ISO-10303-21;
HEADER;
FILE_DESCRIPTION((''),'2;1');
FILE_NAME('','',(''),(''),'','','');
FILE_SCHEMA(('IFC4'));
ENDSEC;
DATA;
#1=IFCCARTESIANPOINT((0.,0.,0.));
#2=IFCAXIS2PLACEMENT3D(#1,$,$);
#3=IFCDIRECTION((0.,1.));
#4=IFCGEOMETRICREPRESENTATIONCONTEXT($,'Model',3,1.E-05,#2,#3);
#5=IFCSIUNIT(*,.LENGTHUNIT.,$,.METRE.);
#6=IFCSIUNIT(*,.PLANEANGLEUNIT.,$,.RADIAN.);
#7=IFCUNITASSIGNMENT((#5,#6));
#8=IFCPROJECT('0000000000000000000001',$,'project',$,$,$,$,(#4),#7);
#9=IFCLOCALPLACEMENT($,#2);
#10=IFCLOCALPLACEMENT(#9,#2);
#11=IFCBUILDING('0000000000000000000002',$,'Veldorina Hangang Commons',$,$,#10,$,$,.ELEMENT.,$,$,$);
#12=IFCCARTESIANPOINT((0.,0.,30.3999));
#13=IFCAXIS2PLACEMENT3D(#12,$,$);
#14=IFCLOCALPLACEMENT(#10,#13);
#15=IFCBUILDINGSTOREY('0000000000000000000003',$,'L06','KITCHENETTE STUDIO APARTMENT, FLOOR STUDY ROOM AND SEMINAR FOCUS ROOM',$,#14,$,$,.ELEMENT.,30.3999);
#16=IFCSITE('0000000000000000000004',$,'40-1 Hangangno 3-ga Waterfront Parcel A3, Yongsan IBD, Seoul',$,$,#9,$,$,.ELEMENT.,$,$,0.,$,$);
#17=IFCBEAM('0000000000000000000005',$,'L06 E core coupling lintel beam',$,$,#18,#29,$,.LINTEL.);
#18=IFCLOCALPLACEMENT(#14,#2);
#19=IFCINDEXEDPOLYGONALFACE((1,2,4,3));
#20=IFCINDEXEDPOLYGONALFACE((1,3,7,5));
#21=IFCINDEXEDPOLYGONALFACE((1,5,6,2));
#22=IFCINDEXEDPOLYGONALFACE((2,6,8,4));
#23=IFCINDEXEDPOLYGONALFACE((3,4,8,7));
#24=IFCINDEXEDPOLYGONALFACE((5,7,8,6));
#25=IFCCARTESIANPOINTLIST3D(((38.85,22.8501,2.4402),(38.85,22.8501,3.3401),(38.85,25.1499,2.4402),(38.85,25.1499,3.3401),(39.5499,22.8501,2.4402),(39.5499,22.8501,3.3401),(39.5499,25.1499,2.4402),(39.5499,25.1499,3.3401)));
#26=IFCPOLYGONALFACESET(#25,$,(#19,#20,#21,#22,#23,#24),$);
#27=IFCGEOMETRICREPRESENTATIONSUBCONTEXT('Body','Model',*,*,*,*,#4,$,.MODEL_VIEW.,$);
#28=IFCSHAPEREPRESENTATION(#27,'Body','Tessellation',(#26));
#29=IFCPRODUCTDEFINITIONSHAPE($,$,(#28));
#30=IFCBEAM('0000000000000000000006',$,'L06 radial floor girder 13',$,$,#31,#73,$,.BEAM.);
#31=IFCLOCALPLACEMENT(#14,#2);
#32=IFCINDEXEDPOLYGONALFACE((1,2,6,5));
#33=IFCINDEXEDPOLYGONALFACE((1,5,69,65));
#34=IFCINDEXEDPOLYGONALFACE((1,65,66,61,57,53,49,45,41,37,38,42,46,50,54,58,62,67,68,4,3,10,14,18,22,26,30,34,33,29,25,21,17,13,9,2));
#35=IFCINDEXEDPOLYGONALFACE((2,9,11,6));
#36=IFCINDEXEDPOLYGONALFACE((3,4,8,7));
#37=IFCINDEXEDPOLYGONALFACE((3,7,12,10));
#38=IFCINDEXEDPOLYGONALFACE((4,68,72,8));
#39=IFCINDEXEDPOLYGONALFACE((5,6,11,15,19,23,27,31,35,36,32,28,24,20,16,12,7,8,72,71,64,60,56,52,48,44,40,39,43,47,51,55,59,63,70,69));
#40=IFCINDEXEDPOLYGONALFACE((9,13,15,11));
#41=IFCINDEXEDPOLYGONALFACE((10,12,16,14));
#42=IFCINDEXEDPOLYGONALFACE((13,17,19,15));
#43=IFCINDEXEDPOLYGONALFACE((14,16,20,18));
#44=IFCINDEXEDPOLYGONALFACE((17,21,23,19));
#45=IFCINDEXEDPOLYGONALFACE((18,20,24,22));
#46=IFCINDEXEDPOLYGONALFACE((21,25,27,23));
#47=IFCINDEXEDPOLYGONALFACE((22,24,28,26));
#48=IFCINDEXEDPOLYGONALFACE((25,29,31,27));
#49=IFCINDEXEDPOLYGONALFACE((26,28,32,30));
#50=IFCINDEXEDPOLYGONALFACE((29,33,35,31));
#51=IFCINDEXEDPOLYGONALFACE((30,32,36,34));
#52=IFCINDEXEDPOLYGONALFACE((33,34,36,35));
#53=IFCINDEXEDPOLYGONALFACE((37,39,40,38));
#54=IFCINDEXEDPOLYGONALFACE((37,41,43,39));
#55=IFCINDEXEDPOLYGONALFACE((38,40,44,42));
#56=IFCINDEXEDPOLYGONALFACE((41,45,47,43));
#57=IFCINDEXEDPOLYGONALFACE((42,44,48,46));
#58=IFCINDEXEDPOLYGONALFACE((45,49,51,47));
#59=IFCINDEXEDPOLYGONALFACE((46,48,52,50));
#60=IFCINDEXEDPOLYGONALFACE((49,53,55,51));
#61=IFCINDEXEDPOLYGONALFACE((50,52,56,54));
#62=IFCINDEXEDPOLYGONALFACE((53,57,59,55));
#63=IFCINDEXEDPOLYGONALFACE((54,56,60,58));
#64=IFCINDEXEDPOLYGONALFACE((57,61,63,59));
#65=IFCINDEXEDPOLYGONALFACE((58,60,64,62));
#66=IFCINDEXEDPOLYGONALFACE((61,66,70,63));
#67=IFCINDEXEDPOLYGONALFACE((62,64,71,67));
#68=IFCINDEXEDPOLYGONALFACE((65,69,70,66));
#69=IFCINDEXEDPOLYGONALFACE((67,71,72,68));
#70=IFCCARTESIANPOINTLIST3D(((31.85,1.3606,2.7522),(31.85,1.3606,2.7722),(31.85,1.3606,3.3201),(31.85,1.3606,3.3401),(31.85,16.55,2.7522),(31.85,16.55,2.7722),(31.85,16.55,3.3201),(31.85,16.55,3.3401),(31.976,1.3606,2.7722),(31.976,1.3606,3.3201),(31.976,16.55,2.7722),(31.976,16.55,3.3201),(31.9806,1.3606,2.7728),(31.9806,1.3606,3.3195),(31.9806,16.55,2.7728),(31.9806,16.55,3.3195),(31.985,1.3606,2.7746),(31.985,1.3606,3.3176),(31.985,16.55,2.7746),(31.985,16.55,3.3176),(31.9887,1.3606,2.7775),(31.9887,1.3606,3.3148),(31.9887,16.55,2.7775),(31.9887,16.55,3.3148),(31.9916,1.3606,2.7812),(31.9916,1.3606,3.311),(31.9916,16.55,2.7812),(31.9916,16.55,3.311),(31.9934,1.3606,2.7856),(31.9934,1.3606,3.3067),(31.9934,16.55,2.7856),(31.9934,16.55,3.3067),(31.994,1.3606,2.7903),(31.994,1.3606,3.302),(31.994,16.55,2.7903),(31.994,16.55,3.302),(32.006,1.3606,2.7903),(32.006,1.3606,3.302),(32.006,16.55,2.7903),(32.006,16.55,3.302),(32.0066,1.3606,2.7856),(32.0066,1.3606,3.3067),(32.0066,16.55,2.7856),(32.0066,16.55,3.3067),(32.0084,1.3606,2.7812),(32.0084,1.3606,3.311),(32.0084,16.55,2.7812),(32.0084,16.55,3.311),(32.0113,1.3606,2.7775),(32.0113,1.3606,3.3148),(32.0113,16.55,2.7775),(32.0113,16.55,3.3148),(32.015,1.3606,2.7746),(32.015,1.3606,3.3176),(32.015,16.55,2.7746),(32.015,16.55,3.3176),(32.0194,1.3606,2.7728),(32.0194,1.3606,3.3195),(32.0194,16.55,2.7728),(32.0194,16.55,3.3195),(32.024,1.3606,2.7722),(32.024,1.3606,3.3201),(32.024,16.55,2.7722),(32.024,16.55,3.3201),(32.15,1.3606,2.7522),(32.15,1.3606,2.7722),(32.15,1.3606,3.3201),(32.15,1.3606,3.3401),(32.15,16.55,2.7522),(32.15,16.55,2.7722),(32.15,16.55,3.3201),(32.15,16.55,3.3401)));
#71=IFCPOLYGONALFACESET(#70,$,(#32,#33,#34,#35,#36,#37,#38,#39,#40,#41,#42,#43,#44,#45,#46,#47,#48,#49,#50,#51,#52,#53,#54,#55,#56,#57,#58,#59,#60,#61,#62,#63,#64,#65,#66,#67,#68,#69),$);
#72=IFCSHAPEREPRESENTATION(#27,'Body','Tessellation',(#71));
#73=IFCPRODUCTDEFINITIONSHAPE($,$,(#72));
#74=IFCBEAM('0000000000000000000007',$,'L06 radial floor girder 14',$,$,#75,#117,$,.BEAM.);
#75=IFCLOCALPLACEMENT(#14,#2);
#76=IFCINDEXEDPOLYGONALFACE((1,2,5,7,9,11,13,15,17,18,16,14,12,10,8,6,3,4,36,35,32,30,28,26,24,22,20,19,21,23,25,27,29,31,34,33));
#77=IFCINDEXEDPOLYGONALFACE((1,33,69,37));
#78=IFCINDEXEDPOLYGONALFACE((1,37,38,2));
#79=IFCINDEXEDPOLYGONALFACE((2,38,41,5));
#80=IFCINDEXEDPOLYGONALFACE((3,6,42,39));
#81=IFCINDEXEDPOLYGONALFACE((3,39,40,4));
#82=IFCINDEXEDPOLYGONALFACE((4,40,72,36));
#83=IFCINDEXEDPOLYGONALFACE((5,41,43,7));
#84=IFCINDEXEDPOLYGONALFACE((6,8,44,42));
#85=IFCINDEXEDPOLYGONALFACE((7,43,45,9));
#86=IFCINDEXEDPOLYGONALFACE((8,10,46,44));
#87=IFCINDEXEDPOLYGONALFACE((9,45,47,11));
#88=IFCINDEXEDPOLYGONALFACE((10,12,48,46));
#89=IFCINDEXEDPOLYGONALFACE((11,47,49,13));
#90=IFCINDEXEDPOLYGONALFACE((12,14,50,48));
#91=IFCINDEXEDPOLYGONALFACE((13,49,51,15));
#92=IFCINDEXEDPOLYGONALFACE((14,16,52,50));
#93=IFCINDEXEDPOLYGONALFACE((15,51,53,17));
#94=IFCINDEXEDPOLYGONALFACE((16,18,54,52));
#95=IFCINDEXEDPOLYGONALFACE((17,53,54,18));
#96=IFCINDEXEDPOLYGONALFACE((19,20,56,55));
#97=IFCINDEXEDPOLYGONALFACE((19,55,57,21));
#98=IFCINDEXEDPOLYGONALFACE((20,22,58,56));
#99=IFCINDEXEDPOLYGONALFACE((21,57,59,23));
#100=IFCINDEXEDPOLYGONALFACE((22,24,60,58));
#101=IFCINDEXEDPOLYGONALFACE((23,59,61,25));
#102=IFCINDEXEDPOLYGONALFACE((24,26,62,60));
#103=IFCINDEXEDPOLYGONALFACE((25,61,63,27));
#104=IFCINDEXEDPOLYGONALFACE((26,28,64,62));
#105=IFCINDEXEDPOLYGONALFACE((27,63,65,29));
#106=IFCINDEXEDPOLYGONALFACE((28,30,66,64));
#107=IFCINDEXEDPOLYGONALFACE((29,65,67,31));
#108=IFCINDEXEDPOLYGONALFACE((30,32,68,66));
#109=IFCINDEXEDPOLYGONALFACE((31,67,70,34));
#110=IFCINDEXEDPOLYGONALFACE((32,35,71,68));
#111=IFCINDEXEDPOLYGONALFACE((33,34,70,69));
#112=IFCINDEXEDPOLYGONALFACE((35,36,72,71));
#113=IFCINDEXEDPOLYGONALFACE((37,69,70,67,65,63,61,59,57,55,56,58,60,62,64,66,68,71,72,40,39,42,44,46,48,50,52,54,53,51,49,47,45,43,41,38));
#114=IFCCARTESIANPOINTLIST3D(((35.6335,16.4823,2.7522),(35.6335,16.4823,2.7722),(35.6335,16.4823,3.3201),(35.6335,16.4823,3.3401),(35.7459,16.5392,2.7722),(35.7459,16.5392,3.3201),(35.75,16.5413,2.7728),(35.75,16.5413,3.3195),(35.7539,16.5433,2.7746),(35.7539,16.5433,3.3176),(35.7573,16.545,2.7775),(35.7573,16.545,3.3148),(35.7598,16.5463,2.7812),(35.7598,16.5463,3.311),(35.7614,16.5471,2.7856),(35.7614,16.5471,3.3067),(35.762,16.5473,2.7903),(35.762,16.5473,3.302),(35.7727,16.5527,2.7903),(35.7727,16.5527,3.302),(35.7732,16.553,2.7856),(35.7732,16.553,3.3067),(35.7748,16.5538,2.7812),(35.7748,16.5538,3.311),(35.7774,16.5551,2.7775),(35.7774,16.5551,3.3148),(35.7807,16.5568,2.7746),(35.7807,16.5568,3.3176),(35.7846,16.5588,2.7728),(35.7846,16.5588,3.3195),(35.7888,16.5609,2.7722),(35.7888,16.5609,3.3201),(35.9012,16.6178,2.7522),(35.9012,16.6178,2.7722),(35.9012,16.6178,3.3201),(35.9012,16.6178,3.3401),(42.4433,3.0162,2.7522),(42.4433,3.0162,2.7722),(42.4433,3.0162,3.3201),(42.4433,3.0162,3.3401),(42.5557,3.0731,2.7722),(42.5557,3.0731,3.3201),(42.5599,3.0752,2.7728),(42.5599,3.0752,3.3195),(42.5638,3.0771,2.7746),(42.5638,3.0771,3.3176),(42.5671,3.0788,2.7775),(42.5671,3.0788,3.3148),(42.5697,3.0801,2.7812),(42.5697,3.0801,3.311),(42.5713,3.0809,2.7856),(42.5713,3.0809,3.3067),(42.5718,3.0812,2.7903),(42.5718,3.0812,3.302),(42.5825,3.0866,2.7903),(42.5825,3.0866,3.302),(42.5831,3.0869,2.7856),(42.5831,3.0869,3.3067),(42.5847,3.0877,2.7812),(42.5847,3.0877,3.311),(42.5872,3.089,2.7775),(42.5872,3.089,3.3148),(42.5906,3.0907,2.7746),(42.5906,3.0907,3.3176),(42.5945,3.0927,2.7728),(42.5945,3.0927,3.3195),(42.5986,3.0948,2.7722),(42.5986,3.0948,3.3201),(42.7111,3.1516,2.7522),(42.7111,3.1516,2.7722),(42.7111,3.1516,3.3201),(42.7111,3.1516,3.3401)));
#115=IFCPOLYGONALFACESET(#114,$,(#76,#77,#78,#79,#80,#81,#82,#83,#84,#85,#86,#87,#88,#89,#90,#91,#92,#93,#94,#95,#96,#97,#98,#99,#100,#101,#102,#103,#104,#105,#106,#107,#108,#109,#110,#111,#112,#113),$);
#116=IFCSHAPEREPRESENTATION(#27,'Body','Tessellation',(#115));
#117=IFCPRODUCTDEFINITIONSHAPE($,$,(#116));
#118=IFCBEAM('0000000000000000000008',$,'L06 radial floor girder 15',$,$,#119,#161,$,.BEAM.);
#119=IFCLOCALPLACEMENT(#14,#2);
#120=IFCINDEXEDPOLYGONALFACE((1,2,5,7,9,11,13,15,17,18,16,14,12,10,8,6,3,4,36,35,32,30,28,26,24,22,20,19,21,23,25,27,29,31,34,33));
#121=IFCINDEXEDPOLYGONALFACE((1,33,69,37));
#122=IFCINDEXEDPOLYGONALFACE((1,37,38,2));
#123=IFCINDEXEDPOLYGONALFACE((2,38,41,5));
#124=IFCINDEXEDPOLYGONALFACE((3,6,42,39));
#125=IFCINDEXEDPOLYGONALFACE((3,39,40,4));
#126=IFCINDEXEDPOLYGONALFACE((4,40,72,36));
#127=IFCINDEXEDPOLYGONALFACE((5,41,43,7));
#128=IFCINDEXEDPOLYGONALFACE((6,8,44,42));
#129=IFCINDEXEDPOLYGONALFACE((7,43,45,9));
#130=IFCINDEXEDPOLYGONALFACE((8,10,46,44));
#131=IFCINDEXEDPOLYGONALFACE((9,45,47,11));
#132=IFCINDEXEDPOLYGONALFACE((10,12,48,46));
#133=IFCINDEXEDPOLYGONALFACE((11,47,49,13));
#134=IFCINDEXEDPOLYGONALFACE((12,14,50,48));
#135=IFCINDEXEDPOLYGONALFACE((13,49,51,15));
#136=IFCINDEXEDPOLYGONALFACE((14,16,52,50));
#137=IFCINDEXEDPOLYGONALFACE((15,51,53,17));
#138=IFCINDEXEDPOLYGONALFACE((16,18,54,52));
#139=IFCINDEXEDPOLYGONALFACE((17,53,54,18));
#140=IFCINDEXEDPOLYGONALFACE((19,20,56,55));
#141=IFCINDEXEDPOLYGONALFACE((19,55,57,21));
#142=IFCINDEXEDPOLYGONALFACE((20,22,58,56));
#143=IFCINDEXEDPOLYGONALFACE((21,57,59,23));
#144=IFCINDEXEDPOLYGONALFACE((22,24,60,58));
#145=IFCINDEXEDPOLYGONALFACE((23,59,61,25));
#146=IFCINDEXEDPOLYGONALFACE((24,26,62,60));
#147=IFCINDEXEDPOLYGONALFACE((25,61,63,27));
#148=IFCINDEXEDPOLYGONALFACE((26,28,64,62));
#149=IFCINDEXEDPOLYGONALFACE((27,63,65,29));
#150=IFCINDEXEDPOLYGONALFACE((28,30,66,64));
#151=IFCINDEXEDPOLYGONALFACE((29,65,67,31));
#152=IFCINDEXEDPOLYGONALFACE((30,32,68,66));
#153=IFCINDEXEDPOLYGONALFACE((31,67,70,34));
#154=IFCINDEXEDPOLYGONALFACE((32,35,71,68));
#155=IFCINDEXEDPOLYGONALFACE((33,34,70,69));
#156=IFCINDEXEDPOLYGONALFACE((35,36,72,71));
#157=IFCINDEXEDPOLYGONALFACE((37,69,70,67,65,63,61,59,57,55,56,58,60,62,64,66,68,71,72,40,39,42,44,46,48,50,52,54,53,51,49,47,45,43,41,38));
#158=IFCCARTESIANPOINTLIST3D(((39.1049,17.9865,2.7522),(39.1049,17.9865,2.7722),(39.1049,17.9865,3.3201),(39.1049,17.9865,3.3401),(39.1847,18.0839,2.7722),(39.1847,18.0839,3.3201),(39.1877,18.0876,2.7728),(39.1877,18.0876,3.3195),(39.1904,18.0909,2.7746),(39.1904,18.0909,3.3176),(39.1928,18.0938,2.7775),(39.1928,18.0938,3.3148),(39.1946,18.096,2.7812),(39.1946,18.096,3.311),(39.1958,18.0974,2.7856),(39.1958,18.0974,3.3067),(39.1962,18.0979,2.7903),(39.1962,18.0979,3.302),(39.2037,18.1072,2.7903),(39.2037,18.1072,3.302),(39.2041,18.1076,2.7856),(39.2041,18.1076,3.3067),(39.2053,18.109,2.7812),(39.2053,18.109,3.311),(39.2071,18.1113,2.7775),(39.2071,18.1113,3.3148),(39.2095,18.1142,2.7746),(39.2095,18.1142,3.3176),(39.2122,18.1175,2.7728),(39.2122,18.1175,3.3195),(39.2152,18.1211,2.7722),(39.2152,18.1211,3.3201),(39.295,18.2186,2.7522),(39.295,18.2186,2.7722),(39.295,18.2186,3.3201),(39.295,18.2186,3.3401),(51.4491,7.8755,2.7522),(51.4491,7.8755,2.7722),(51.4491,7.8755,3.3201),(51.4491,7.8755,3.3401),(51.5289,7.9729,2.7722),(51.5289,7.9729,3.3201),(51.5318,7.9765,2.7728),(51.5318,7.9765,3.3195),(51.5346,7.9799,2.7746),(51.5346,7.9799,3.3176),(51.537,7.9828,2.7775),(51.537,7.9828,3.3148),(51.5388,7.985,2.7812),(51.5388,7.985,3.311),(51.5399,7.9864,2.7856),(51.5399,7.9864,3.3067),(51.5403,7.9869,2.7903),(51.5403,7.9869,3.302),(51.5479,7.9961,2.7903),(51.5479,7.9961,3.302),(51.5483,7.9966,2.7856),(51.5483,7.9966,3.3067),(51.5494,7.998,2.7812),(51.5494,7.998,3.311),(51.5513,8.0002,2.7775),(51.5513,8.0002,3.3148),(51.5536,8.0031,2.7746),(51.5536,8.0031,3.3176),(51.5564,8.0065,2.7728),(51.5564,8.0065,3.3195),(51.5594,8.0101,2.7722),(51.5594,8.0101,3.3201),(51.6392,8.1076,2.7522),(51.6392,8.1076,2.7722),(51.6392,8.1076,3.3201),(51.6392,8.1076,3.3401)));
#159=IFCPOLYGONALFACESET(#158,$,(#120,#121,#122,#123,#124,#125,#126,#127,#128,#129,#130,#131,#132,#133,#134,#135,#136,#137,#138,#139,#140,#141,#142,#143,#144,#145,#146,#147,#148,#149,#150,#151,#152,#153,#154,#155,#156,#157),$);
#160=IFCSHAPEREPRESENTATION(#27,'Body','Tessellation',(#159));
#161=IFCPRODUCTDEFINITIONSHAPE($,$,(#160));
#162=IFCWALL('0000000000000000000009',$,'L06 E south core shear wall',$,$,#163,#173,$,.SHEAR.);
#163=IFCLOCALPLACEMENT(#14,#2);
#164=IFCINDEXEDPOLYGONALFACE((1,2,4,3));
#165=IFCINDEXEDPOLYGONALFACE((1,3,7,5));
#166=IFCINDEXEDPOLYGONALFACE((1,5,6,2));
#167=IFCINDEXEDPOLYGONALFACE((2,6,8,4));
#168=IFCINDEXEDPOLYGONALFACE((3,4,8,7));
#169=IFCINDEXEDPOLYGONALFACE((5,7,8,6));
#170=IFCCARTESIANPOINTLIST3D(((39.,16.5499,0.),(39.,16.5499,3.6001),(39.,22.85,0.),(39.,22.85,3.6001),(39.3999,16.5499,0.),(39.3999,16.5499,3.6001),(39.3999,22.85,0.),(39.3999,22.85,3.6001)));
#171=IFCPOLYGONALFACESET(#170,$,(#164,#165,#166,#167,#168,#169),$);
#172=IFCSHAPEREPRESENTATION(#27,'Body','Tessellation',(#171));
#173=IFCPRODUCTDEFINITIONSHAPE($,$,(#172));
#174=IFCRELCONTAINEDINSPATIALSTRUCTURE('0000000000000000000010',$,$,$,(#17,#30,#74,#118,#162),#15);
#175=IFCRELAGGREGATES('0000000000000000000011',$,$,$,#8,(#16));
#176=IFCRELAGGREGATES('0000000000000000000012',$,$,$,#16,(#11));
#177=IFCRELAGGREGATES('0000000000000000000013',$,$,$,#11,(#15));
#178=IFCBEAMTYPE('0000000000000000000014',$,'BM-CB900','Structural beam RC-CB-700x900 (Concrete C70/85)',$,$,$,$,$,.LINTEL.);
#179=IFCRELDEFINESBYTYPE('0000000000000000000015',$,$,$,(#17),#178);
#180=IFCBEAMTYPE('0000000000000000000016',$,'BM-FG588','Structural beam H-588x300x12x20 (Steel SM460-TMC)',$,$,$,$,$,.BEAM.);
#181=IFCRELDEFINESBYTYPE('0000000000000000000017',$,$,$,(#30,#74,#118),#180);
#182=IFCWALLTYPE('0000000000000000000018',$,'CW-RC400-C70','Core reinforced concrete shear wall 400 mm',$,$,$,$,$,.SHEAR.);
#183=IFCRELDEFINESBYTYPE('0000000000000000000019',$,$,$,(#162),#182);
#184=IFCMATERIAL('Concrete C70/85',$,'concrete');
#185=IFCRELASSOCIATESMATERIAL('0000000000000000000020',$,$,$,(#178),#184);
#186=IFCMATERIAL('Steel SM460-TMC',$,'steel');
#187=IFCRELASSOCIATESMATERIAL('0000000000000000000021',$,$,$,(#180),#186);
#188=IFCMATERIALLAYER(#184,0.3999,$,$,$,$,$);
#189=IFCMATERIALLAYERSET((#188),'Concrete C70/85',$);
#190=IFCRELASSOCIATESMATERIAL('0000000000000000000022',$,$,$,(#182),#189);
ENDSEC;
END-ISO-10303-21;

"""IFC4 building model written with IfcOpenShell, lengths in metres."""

from ifc_helpers import new_model, si_unit, direction, frame, frame_2d, origin, origin_2d, place, context, subcontext, project, spatial, rectangle, i_section, extrude, material, layer, layer_set, material_profile, profile_set, type_object, element, save


model = new_model("IFC4")

# Units and contexts
model_context = context("Model", 3, precision=1e-05, world=origin(), true_north=direction((0.0, 1.0)))
body_context = subcontext(model_context, "Body", "Model", "MODEL_VIEW")
ifc_project = project(units=[si_unit("LENGTHUNIT", "METRE"), si_unit("PLANEANGLEUNIT", "RADIAN")], contexts=[model_context])

# Site, building, storey
site_placement = place(None, origin())
site = spatial("IfcSite", under=ifc_project, at=site_placement, Name="40-1 Hangangno 3-ga Waterfront Parcel A3, Yongsan IBD, Seoul", CompositionType="ELEMENT", RefElevation=0.0)
building_placement = place(site_placement, origin())
building = spatial("IfcBuilding", under=site, at=building_placement, Name="Veldorina Hangang Commons", CompositionType="ELEMENT")
storey_placement = place(building_placement, frame((0.0, 0.0, 30.3999)))
storey = spatial("IfcBuildingStorey", under=building, at=storey_placement, Name="L06", Description="KITCHENETTE STUDIO APARTMENT, FLOOR STUDY ROOM AND SEMINAR FOCUS ROOM", CompositionType="ELEMENT", Elevation=30.3999)

# Beams
ifc_material_1 = material(Name="Concrete C70/85", Category="concrete")
ifc_material_profile_1 = material_profile(ifc_material_1, rectangle(XDim=0.7, YDim=0.8999, at=origin_2d()), Name="RC-CB-700x900")
ifc_profile_set_1 = profile_set([ifc_material_profile_1], Name="Concrete C70/85")
beam_type_1 = type_object("IfcBeamType", Name="BM-CB900", Description="Structural beam RC-CB-700x900 (Concrete C70/85)", PredefinedType="LINTEL", material=ifc_profile_set_1)
beam_1_placement = place(storey_placement, frame((39.2, 22.8501, 2.8901), z_axis=(0.0, 1.0, 0.0), x_axis=(-1.0, 0.0, 0.0)))
element("IfcBeam", 1, at=beam_1_placement, inside=storey, type_object=beam_type_1, Name="L06 E core coupling lintel beam", PredefinedType="LINTEL", context=body_context, shape_type="SweptSolid", body=[
    extrude(rectangle(XDim=0.7, YDim=0.8999, at=origin_2d()), origin(), (0.0, 0.0, 1.0), 2.2998),
])
ifc_material_2 = material(Name="Steel SM460-TMC", Category="steel")
ifc_material_profile_2 = material_profile(ifc_material_2, i_section(OverallWidth=0.3, OverallDepth=0.5879, WebThickness=0.012, FlangeThickness=0.02, FilletRadius=0.0181, at=origin_2d()), Name="H-588x300x12x20")
ifc_profile_set_2 = profile_set([ifc_material_profile_2], Name="Steel SM460-TMC")
beam_type_2 = type_object("IfcBeamType", Name="BM-FG588", Description="Structural beam H-588x300x12x20 (Steel SM460-TMC)", PredefinedType="BEAM", material=ifc_profile_set_2)
beam_2_placement = place(storey_placement, frame((32.0, 16.55, 3.0461), z_axis=(0.0, -1.0, 0.0), x_axis=(1.0, 0.0, 0.0)))
element("IfcBeam", 2, at=beam_2_placement, inside=storey, type_object=beam_type_2, Name="L06 radial floor girder 13", PredefinedType="BEAM", context=body_context, shape_type="SweptSolid", body=[
    extrude(i_section(OverallWidth=0.3, OverallDepth=0.5879, WebThickness=0.012, FlangeThickness=0.02, FilletRadius=0.0181, at=origin_2d()), origin(), (0.0, 0.0, 1.0), 15.1895),
])
beam_3_placement = place(storey_placement, frame((35.7673, 16.55, 3.0461), z_axis=(0.45128, -0.892383, 0.0), x_axis=(0.892383, 0.45128, 0.0)))
element("IfcBeam", 3, at=beam_3_placement, inside=storey, type_object=beam_type_2, Name="L06 radial floor girder 14", PredefinedType="BEAM", context=body_context, shape_type="SweptSolid", body=[
    extrude(i_section(OverallWidth=0.3, OverallDepth=0.5879, WebThickness=0.012, FlangeThickness=0.02, FilletRadius=0.0181, at=origin_2d()), origin(), (0.0, 0.0, 1.0), 15.0901),
])
beam_4_placement = place(storey_placement, frame((39.2, 18.1025, 3.0461), z_axis=(0.773612, -0.63366, 0.0), x_axis=(0.63366, 0.773612, 0.0)))
element("IfcBeam", 4, at=beam_4_placement, inside=storey, type_object=beam_type_2, Name="L06 radial floor girder 15", PredefinedType="BEAM", context=body_context, shape_type="SweptSolid", body=[
    extrude(i_section(OverallWidth=0.3, OverallDepth=0.5879, WebThickness=0.012, FlangeThickness=0.02, FilletRadius=0.0181, at=origin_2d()), origin(), (0.0, 0.0, 1.0), 15.9565),
])

# Wall
ifc_layer_1 = layer(ifc_material_1, 0.3999)
ifc_layer_set_1 = layer_set([ifc_layer_1], Name="Concrete C70/85")
wall_type_1 = type_object("IfcWallType", Name="CW-RC400-C70", Description="Core reinforced concrete shear wall 400 mm", PredefinedType="SHEAR", material=ifc_layer_set_1)
wall_1_placement = place(storey_placement, frame((39.2, 16.55, 0.0), z_axis=(0.0, 0.0, 1.0), x_axis=(0.0, 1.0, 0.0)))
element("IfcWall", 5, at=wall_1_placement, inside=storey, type_object=wall_type_1, Name="L06 E south core shear wall", PredefinedType="SHEAR", context=body_context, shape_type="SweptSolid", body=[
    extrude(rectangle(XDim=6.3, YDim=0.3999, at=frame_2d((3.1499, 0.0))), origin(), (0.0, 0.0, 1.0), 3.6001),
])

save(model, "model.ifc")
